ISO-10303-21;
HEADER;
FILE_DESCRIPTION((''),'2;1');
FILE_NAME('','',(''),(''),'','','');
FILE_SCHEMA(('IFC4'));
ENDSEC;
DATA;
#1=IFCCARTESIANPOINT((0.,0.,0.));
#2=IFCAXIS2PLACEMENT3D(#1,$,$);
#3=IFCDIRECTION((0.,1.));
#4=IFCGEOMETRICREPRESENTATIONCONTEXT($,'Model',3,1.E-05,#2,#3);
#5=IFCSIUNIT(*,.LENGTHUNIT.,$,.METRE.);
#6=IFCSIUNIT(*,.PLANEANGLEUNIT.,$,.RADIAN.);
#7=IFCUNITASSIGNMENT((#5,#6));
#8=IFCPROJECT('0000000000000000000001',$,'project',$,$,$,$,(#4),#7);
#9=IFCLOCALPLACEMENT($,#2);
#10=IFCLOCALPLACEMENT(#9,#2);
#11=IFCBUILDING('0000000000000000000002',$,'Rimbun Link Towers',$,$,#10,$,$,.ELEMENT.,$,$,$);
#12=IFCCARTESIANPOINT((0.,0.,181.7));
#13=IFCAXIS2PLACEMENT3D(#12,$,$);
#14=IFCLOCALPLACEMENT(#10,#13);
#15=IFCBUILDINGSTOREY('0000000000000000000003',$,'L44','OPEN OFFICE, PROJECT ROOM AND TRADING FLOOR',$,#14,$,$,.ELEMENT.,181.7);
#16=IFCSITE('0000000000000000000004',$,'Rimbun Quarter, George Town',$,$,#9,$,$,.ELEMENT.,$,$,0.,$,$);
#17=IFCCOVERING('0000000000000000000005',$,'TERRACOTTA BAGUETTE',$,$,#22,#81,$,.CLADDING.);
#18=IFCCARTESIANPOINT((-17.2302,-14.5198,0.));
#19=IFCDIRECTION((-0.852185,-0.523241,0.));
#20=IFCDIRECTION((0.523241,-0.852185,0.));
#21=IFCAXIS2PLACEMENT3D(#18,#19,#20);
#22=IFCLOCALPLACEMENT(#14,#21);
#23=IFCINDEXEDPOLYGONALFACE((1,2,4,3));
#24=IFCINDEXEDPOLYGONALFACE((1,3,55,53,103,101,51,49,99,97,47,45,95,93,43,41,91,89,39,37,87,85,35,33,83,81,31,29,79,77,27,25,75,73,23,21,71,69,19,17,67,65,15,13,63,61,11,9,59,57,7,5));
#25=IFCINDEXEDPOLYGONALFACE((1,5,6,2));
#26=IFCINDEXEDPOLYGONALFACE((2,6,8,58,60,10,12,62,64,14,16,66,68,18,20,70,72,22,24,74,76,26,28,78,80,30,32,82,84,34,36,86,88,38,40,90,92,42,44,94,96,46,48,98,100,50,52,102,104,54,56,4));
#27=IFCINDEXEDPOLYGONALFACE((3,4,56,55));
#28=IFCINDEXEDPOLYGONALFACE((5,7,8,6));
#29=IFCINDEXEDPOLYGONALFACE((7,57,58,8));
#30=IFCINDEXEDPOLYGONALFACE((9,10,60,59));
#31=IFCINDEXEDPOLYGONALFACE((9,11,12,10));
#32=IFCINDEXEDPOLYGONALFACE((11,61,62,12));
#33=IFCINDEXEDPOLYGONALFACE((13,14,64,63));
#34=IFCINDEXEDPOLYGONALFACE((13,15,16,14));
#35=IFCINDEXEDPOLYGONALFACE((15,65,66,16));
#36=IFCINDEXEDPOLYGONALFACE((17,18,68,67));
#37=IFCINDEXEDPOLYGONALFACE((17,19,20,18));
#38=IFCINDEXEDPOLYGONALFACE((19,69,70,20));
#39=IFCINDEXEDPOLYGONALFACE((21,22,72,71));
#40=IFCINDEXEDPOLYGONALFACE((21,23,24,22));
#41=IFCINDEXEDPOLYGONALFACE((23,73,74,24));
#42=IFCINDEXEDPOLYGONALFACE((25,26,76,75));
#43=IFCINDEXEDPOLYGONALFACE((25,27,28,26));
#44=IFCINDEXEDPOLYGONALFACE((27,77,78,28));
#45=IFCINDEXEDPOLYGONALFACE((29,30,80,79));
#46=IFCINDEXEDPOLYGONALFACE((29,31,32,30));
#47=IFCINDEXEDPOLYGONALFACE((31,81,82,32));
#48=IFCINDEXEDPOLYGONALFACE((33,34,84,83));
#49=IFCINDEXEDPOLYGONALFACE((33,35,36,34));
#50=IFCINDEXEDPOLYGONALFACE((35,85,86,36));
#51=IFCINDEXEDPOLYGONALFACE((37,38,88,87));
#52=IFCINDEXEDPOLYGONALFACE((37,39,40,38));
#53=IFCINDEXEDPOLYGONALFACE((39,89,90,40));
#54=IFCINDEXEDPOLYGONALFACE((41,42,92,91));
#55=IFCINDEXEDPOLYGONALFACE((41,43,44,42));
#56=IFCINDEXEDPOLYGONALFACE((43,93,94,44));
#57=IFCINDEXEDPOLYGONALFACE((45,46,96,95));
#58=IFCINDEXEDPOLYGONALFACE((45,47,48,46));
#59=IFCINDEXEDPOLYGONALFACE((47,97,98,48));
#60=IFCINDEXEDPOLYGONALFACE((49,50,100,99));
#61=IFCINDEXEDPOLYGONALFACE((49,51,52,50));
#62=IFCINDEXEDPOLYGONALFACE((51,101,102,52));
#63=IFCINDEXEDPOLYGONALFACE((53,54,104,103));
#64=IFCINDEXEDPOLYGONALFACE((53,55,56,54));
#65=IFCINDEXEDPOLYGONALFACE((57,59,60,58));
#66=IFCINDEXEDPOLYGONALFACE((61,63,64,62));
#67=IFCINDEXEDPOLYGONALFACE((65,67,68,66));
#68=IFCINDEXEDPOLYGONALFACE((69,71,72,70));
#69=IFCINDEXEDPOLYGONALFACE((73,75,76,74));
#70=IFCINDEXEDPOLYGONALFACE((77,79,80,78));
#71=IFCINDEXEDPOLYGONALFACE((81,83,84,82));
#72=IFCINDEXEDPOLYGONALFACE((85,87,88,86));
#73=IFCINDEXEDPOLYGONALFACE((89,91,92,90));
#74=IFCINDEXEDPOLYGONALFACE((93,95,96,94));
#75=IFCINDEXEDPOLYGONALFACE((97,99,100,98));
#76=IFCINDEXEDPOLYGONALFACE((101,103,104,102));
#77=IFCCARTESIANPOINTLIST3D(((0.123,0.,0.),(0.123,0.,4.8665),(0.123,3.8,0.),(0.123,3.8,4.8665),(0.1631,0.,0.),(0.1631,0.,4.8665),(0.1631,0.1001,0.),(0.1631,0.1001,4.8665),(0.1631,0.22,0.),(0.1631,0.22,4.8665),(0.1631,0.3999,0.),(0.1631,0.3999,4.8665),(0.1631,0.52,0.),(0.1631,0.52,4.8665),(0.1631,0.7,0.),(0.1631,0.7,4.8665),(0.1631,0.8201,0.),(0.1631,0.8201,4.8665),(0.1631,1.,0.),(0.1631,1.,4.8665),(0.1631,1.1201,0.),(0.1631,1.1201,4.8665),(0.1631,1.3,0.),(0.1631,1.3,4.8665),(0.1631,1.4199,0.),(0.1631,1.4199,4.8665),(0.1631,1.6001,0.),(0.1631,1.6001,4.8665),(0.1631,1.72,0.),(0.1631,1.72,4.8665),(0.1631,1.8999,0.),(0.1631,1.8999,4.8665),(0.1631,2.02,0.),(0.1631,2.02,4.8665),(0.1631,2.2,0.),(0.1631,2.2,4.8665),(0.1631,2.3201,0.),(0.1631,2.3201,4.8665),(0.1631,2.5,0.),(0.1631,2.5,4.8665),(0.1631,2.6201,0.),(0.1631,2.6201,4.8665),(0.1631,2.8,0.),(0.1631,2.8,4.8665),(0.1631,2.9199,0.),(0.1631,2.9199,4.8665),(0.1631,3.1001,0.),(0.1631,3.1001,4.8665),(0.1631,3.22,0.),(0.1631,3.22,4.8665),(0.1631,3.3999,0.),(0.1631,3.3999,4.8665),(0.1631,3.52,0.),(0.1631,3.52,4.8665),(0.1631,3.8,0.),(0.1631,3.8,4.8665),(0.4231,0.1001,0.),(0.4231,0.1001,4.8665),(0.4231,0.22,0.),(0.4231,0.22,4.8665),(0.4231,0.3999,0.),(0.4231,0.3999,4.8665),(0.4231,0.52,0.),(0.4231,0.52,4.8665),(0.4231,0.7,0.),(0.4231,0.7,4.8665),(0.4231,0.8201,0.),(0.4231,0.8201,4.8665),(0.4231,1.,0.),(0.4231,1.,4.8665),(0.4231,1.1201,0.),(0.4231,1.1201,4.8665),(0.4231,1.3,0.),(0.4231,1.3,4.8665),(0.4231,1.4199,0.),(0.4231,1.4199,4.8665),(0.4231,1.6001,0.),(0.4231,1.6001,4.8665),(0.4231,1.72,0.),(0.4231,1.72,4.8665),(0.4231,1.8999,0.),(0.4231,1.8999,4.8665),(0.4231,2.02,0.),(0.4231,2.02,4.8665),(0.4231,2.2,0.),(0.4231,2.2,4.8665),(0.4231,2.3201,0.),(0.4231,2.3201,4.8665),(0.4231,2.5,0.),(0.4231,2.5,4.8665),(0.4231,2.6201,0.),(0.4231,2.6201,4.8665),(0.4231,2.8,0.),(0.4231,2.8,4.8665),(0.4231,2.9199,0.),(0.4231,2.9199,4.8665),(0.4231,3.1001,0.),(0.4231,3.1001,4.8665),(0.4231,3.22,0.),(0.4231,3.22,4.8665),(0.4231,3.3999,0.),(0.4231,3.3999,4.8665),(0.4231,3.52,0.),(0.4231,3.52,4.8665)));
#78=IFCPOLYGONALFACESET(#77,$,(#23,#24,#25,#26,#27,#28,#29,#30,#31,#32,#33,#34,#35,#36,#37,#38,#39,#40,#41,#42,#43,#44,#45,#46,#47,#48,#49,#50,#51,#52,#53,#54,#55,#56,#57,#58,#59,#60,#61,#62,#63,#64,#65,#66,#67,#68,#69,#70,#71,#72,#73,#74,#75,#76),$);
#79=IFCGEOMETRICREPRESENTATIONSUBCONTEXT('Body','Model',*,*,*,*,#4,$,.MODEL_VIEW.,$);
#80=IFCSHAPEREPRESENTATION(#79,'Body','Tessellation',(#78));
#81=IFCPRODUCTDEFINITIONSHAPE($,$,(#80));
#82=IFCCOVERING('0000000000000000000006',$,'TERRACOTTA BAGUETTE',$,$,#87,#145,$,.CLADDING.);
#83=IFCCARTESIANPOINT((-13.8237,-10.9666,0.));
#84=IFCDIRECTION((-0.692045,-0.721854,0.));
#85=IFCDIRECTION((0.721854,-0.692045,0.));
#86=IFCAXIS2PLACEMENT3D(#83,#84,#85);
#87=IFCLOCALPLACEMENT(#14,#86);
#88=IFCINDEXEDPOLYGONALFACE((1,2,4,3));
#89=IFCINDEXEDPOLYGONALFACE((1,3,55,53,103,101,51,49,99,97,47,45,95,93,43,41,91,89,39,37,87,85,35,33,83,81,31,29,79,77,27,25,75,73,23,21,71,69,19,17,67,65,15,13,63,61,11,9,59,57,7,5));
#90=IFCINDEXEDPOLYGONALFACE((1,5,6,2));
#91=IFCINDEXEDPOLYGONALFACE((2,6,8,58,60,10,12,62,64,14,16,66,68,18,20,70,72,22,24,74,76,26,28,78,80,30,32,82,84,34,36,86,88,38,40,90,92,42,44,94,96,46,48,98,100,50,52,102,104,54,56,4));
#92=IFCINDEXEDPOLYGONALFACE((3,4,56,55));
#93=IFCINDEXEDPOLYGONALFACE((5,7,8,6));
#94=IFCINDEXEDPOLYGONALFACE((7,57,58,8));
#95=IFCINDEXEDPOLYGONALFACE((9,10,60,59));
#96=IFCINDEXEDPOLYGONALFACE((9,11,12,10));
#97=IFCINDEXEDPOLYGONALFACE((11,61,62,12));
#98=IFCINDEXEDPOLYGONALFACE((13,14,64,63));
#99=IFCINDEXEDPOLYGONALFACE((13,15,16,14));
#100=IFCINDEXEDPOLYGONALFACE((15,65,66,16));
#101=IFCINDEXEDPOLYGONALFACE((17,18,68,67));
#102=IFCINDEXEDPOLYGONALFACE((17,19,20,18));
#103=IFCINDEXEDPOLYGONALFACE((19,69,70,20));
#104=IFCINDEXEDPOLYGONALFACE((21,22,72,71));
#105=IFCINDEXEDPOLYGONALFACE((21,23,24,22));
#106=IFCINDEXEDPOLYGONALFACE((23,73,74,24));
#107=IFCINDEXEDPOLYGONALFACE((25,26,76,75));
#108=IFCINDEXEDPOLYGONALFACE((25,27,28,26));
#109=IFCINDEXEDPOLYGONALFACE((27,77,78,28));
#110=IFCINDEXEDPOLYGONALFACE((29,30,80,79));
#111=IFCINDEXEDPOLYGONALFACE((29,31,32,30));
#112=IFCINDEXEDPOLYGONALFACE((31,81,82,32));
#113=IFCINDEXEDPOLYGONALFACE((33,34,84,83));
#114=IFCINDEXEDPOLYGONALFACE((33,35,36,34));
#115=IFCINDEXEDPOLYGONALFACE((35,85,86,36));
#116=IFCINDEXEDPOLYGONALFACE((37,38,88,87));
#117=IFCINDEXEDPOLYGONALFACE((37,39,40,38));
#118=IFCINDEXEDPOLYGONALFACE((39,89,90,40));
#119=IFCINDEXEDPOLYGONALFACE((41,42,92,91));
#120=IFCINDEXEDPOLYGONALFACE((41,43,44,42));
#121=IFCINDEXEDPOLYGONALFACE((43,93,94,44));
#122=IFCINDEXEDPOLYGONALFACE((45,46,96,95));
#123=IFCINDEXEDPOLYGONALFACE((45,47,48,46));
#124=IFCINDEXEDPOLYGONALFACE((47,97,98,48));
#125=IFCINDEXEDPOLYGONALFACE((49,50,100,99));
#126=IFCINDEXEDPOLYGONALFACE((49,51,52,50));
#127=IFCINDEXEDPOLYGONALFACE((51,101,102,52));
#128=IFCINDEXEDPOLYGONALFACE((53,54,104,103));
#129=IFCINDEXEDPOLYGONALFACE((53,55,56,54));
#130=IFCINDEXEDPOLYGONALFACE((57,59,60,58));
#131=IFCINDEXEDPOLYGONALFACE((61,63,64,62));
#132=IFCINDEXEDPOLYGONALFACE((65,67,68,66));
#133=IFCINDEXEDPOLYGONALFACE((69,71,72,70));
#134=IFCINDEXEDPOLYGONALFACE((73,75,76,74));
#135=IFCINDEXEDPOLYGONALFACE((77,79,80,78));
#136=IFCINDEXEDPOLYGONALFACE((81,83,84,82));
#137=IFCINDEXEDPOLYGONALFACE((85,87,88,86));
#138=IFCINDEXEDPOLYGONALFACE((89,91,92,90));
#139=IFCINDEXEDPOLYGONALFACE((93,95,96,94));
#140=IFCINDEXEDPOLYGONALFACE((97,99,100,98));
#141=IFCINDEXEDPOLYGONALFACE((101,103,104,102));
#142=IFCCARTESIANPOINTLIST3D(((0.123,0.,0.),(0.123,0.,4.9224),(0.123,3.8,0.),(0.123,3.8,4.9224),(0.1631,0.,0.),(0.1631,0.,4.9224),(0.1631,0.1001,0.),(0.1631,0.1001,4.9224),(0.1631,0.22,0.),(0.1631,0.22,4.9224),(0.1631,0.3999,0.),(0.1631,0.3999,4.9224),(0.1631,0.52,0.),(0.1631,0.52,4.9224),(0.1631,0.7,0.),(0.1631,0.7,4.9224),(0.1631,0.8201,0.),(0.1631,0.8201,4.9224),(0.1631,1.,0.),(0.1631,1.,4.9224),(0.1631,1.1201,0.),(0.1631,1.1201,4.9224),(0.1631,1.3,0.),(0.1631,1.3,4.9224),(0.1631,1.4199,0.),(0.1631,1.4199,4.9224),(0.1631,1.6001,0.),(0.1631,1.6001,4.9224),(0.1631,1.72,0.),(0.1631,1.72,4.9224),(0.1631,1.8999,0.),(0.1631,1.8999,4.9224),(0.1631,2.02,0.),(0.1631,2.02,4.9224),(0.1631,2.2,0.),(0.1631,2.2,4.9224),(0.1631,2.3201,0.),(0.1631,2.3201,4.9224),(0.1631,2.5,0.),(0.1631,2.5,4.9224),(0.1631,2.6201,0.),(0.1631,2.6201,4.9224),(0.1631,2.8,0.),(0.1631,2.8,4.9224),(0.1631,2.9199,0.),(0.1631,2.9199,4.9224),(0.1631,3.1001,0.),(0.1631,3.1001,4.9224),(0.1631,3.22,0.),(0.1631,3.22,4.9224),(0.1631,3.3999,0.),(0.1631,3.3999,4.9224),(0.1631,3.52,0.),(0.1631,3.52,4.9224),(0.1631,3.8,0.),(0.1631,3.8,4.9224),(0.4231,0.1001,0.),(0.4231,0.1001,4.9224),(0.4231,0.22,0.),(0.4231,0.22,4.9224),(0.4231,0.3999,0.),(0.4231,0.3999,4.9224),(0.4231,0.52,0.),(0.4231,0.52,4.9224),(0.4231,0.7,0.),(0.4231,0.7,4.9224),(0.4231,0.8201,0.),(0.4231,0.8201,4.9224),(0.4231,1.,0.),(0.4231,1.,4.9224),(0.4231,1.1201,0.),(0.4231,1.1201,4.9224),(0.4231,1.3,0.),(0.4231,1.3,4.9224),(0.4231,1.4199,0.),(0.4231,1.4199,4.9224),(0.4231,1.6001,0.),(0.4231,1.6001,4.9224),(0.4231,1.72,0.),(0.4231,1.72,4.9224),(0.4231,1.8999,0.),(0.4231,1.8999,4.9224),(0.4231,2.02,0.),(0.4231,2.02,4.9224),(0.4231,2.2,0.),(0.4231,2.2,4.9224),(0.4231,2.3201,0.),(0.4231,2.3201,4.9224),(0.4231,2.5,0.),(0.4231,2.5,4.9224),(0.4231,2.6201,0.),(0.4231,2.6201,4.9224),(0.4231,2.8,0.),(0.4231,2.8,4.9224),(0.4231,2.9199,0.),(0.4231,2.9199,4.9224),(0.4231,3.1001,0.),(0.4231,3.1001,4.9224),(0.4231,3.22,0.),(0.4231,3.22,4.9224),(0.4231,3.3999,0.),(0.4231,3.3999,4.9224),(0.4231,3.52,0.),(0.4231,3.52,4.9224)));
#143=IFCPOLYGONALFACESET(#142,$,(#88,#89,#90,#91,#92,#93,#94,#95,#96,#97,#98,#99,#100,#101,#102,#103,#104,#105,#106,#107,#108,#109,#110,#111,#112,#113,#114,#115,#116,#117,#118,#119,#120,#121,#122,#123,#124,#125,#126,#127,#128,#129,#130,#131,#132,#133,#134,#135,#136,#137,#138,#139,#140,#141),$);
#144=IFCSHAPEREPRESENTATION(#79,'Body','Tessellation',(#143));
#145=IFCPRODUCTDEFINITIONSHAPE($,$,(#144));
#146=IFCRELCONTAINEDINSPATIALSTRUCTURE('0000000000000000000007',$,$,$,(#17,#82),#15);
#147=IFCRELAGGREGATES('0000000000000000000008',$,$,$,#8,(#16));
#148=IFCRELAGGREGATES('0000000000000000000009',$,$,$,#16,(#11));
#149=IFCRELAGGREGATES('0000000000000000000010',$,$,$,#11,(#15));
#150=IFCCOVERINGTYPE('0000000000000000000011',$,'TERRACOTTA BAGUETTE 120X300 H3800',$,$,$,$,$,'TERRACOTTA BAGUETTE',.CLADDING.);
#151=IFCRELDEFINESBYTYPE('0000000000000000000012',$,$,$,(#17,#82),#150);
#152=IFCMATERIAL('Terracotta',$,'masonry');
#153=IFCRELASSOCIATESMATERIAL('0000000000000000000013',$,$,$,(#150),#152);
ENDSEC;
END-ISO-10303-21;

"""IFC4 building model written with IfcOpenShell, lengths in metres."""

from ifc_helpers import new_model, si_unit, direction, frame, origin, place, context, subcontext, project, spatial, polyline, outline, extrude, material, material_profile, profile_set, type_object, element, save


model = new_model("IFC4")

# Units and contexts
model_context = context("Model", 3, precision=1e-05, world=origin(), true_north=direction((0.0, 1.0)))
body_context = subcontext(model_context, "Body", "Model", "MODEL_VIEW")
ifc_project = project(units=[si_unit("LENGTHUNIT", "METRE"), si_unit("PLANEANGLEUNIT", "RADIAN")], contexts=[model_context])

# Site, building, storey
site_placement = place(None, origin())
site = spatial("IfcSite", under=ifc_project, at=site_placement, Name="Rimbun Quarter, George Town", CompositionType="ELEMENT", RefElevation=0.0)
building_placement = place(site_placement, origin())
building = spatial("IfcBuilding", under=site, at=building_placement, Name="Rimbun Link Towers", CompositionType="ELEMENT")
storey_placement = place(building_placement, frame((0.0, 0.0, 181.7)))
storey = spatial("IfcBuildingStorey", under=building, at=storey_placement, Name="L44", Description="OPEN OFFICE, PROJECT ROOM AND TRADING FLOOR", CompositionType="ELEMENT", Elevation=181.7)

# Coverings
ifc_material_1 = material(Name="Terracotta", Category="masonry")
ifc_material_profile_1 = material_profile(ifc_material_1, outline(polyline([(0.123, 0.0), (0.1631, 0.0), (0.1631, 0.1001), (0.4231, 0.1001), (0.4231, 0.22), (0.1631, 0.22), (0.1631, 0.3999), (0.4231, 0.3999), (0.4231, 0.52), (0.1631, 0.52), (0.1631, 0.7), (0.4231, 0.7), (0.4231, 0.8201), (0.1631, 0.8201), (0.1631, 1.0), (0.4231, 1.0), (0.4231, 1.1201), (0.1631, 1.1201), (0.1631, 1.3), (0.4231, 1.3), (0.4231, 1.4199), (0.1631, 1.4199), (0.1631, 1.6001), (0.4231, 1.6001), (0.4231, 1.72), (0.1631, 1.72), (0.1631, 1.8999), (0.4231, 1.8999), (0.4231, 2.02), (0.1631, 2.02), (0.1631, 2.2), (0.4231, 2.2), (0.4231, 2.3201), (0.1631, 2.3201), (0.1631, 2.5), (0.4231, 2.5), (0.4231, 2.6201), (0.1631, 2.6201), (0.1631, 2.8), (0.4231, 2.8), (0.4231, 2.9199), (0.1631, 2.9199), (0.1631, 3.1001), (0.4231, 3.1001), (0.4231, 3.22), (0.1631, 3.22), (0.1631, 3.3999), (0.4231, 3.3999), (0.4231, 3.52), (0.1631, 3.52), (0.1631, 3.8), (0.123, 3.8), (0.123, 0.0)])), Name="BAGUETTE 120X300")
ifc_profile_set_1 = profile_set([ifc_material_profile_1], Name="Terracotta")
covering_type = type_object("IfcCoveringType", Name="TERRACOTTA BAGUETTE 120X300 H3800", ElementType="TERRACOTTA BAGUETTE", PredefinedType="CLADDING", material=ifc_profile_set_1)
covering_1_placement = place(storey_placement, frame((-17.2302, -14.5198, 0.0), z_axis=(-0.852185, -0.523241, 0.0), x_axis=(0.523241, -0.852185, 0.0)))
element("IfcCovering", 1, at=covering_1_placement, inside=storey, type_object=covering_type, Name="TERRACOTTA BAGUETTE", PredefinedType="CLADDING", context=body_context, shape_type="SweptSolid", body=[
    extrude(outline(polyline([(0.123, 0.0), (0.1631, 0.0), (0.1631, 0.1001), (0.4231, 0.1001), (0.4231, 0.22), (0.1631, 0.22), (0.1631, 0.3999), (0.4231, 0.3999), (0.4231, 0.52), (0.1631, 0.52), (0.1631, 0.7), (0.4231, 0.7), (0.4231, 0.8201), (0.1631, 0.8201), (0.1631, 1.0), (0.4231, 1.0), (0.4231, 1.1201), (0.1631, 1.1201), (0.1631, 1.3), (0.4231, 1.3), (0.4231, 1.4199), (0.1631, 1.4199), (0.1631, 1.6001), (0.4231, 1.6001), (0.4231, 1.72), (0.1631, 1.72), (0.1631, 1.8999), (0.4231, 1.8999), (0.4231, 2.02), (0.1631, 2.02), (0.1631, 2.2), (0.4231, 2.2), (0.4231, 2.3201), (0.1631, 2.3201), (0.1631, 2.5), (0.4231, 2.5), (0.4231, 2.6201), (0.1631, 2.6201), (0.1631, 2.8), (0.4231, 2.8), (0.4231, 2.9199), (0.1631, 2.9199), (0.1631, 3.1001), (0.4231, 3.1001), (0.4231, 3.22), (0.1631, 3.22), (0.1631, 3.3999), (0.4231, 3.3999), (0.4231, 3.52), (0.1631, 3.52), (0.1631, 3.8), (0.123, 3.8), (0.123, 0.0)])), origin(), (0.0, 0.0, 1.0), 4.8665),
])
covering_2_placement = place(storey_placement, frame((-13.8237, -10.9666, 0.0), z_axis=(-0.692045, -0.721854, 0.0), x_axis=(0.721854, -0.692045, 0.0)))
element("IfcCovering", 2, at=covering_2_placement, inside=storey, type_object=covering_type, Name="TERRACOTTA BAGUETTE", PredefinedType="CLADDING", context=body_context, shape_type="SweptSolid", body=[
    extrude(outline(polyline([(0.123, 0.0), (0.1631, 0.0), (0.1631, 0.1001), (0.4231, 0.1001), (0.4231, 0.22), (0.1631, 0.22), (0.1631, 0.3999), (0.4231, 0.3999), (0.4231, 0.52), (0.1631, 0.52), (0.1631, 0.7), (0.4231, 0.7), (0.4231, 0.8201), (0.1631, 0.8201), (0.1631, 1.0), (0.4231, 1.0), (0.4231, 1.1201), (0.1631, 1.1201), (0.1631, 1.3), (0.4231, 1.3), (0.4231, 1.4199), (0.1631, 1.4199), (0.1631, 1.6001), (0.4231, 1.6001), (0.4231, 1.72), (0.1631, 1.72), (0.1631, 1.8999), (0.4231, 1.8999), (0.4231, 2.02), (0.1631, 2.02), (0.1631, 2.2), (0.4231, 2.2), (0.4231, 2.3201), (0.1631, 2.3201), (0.1631, 2.5), (0.4231, 2.5), (0.4231, 2.6201), (0.1631, 2.6201), (0.1631, 2.8), (0.4231, 2.8), (0.4231, 2.9199), (0.1631, 2.9199), (0.1631, 3.1001), (0.4231, 3.1001), (0.4231, 3.22), (0.1631, 3.22), (0.1631, 3.3999), (0.4231, 3.3999), (0.4231, 3.52), (0.1631, 3.52), (0.1631, 3.8), (0.123, 3.8), (0.123, 0.0)])), origin(), (0.0, 0.0, 1.0), 4.9224),
])

save(model, "model.ifc")
